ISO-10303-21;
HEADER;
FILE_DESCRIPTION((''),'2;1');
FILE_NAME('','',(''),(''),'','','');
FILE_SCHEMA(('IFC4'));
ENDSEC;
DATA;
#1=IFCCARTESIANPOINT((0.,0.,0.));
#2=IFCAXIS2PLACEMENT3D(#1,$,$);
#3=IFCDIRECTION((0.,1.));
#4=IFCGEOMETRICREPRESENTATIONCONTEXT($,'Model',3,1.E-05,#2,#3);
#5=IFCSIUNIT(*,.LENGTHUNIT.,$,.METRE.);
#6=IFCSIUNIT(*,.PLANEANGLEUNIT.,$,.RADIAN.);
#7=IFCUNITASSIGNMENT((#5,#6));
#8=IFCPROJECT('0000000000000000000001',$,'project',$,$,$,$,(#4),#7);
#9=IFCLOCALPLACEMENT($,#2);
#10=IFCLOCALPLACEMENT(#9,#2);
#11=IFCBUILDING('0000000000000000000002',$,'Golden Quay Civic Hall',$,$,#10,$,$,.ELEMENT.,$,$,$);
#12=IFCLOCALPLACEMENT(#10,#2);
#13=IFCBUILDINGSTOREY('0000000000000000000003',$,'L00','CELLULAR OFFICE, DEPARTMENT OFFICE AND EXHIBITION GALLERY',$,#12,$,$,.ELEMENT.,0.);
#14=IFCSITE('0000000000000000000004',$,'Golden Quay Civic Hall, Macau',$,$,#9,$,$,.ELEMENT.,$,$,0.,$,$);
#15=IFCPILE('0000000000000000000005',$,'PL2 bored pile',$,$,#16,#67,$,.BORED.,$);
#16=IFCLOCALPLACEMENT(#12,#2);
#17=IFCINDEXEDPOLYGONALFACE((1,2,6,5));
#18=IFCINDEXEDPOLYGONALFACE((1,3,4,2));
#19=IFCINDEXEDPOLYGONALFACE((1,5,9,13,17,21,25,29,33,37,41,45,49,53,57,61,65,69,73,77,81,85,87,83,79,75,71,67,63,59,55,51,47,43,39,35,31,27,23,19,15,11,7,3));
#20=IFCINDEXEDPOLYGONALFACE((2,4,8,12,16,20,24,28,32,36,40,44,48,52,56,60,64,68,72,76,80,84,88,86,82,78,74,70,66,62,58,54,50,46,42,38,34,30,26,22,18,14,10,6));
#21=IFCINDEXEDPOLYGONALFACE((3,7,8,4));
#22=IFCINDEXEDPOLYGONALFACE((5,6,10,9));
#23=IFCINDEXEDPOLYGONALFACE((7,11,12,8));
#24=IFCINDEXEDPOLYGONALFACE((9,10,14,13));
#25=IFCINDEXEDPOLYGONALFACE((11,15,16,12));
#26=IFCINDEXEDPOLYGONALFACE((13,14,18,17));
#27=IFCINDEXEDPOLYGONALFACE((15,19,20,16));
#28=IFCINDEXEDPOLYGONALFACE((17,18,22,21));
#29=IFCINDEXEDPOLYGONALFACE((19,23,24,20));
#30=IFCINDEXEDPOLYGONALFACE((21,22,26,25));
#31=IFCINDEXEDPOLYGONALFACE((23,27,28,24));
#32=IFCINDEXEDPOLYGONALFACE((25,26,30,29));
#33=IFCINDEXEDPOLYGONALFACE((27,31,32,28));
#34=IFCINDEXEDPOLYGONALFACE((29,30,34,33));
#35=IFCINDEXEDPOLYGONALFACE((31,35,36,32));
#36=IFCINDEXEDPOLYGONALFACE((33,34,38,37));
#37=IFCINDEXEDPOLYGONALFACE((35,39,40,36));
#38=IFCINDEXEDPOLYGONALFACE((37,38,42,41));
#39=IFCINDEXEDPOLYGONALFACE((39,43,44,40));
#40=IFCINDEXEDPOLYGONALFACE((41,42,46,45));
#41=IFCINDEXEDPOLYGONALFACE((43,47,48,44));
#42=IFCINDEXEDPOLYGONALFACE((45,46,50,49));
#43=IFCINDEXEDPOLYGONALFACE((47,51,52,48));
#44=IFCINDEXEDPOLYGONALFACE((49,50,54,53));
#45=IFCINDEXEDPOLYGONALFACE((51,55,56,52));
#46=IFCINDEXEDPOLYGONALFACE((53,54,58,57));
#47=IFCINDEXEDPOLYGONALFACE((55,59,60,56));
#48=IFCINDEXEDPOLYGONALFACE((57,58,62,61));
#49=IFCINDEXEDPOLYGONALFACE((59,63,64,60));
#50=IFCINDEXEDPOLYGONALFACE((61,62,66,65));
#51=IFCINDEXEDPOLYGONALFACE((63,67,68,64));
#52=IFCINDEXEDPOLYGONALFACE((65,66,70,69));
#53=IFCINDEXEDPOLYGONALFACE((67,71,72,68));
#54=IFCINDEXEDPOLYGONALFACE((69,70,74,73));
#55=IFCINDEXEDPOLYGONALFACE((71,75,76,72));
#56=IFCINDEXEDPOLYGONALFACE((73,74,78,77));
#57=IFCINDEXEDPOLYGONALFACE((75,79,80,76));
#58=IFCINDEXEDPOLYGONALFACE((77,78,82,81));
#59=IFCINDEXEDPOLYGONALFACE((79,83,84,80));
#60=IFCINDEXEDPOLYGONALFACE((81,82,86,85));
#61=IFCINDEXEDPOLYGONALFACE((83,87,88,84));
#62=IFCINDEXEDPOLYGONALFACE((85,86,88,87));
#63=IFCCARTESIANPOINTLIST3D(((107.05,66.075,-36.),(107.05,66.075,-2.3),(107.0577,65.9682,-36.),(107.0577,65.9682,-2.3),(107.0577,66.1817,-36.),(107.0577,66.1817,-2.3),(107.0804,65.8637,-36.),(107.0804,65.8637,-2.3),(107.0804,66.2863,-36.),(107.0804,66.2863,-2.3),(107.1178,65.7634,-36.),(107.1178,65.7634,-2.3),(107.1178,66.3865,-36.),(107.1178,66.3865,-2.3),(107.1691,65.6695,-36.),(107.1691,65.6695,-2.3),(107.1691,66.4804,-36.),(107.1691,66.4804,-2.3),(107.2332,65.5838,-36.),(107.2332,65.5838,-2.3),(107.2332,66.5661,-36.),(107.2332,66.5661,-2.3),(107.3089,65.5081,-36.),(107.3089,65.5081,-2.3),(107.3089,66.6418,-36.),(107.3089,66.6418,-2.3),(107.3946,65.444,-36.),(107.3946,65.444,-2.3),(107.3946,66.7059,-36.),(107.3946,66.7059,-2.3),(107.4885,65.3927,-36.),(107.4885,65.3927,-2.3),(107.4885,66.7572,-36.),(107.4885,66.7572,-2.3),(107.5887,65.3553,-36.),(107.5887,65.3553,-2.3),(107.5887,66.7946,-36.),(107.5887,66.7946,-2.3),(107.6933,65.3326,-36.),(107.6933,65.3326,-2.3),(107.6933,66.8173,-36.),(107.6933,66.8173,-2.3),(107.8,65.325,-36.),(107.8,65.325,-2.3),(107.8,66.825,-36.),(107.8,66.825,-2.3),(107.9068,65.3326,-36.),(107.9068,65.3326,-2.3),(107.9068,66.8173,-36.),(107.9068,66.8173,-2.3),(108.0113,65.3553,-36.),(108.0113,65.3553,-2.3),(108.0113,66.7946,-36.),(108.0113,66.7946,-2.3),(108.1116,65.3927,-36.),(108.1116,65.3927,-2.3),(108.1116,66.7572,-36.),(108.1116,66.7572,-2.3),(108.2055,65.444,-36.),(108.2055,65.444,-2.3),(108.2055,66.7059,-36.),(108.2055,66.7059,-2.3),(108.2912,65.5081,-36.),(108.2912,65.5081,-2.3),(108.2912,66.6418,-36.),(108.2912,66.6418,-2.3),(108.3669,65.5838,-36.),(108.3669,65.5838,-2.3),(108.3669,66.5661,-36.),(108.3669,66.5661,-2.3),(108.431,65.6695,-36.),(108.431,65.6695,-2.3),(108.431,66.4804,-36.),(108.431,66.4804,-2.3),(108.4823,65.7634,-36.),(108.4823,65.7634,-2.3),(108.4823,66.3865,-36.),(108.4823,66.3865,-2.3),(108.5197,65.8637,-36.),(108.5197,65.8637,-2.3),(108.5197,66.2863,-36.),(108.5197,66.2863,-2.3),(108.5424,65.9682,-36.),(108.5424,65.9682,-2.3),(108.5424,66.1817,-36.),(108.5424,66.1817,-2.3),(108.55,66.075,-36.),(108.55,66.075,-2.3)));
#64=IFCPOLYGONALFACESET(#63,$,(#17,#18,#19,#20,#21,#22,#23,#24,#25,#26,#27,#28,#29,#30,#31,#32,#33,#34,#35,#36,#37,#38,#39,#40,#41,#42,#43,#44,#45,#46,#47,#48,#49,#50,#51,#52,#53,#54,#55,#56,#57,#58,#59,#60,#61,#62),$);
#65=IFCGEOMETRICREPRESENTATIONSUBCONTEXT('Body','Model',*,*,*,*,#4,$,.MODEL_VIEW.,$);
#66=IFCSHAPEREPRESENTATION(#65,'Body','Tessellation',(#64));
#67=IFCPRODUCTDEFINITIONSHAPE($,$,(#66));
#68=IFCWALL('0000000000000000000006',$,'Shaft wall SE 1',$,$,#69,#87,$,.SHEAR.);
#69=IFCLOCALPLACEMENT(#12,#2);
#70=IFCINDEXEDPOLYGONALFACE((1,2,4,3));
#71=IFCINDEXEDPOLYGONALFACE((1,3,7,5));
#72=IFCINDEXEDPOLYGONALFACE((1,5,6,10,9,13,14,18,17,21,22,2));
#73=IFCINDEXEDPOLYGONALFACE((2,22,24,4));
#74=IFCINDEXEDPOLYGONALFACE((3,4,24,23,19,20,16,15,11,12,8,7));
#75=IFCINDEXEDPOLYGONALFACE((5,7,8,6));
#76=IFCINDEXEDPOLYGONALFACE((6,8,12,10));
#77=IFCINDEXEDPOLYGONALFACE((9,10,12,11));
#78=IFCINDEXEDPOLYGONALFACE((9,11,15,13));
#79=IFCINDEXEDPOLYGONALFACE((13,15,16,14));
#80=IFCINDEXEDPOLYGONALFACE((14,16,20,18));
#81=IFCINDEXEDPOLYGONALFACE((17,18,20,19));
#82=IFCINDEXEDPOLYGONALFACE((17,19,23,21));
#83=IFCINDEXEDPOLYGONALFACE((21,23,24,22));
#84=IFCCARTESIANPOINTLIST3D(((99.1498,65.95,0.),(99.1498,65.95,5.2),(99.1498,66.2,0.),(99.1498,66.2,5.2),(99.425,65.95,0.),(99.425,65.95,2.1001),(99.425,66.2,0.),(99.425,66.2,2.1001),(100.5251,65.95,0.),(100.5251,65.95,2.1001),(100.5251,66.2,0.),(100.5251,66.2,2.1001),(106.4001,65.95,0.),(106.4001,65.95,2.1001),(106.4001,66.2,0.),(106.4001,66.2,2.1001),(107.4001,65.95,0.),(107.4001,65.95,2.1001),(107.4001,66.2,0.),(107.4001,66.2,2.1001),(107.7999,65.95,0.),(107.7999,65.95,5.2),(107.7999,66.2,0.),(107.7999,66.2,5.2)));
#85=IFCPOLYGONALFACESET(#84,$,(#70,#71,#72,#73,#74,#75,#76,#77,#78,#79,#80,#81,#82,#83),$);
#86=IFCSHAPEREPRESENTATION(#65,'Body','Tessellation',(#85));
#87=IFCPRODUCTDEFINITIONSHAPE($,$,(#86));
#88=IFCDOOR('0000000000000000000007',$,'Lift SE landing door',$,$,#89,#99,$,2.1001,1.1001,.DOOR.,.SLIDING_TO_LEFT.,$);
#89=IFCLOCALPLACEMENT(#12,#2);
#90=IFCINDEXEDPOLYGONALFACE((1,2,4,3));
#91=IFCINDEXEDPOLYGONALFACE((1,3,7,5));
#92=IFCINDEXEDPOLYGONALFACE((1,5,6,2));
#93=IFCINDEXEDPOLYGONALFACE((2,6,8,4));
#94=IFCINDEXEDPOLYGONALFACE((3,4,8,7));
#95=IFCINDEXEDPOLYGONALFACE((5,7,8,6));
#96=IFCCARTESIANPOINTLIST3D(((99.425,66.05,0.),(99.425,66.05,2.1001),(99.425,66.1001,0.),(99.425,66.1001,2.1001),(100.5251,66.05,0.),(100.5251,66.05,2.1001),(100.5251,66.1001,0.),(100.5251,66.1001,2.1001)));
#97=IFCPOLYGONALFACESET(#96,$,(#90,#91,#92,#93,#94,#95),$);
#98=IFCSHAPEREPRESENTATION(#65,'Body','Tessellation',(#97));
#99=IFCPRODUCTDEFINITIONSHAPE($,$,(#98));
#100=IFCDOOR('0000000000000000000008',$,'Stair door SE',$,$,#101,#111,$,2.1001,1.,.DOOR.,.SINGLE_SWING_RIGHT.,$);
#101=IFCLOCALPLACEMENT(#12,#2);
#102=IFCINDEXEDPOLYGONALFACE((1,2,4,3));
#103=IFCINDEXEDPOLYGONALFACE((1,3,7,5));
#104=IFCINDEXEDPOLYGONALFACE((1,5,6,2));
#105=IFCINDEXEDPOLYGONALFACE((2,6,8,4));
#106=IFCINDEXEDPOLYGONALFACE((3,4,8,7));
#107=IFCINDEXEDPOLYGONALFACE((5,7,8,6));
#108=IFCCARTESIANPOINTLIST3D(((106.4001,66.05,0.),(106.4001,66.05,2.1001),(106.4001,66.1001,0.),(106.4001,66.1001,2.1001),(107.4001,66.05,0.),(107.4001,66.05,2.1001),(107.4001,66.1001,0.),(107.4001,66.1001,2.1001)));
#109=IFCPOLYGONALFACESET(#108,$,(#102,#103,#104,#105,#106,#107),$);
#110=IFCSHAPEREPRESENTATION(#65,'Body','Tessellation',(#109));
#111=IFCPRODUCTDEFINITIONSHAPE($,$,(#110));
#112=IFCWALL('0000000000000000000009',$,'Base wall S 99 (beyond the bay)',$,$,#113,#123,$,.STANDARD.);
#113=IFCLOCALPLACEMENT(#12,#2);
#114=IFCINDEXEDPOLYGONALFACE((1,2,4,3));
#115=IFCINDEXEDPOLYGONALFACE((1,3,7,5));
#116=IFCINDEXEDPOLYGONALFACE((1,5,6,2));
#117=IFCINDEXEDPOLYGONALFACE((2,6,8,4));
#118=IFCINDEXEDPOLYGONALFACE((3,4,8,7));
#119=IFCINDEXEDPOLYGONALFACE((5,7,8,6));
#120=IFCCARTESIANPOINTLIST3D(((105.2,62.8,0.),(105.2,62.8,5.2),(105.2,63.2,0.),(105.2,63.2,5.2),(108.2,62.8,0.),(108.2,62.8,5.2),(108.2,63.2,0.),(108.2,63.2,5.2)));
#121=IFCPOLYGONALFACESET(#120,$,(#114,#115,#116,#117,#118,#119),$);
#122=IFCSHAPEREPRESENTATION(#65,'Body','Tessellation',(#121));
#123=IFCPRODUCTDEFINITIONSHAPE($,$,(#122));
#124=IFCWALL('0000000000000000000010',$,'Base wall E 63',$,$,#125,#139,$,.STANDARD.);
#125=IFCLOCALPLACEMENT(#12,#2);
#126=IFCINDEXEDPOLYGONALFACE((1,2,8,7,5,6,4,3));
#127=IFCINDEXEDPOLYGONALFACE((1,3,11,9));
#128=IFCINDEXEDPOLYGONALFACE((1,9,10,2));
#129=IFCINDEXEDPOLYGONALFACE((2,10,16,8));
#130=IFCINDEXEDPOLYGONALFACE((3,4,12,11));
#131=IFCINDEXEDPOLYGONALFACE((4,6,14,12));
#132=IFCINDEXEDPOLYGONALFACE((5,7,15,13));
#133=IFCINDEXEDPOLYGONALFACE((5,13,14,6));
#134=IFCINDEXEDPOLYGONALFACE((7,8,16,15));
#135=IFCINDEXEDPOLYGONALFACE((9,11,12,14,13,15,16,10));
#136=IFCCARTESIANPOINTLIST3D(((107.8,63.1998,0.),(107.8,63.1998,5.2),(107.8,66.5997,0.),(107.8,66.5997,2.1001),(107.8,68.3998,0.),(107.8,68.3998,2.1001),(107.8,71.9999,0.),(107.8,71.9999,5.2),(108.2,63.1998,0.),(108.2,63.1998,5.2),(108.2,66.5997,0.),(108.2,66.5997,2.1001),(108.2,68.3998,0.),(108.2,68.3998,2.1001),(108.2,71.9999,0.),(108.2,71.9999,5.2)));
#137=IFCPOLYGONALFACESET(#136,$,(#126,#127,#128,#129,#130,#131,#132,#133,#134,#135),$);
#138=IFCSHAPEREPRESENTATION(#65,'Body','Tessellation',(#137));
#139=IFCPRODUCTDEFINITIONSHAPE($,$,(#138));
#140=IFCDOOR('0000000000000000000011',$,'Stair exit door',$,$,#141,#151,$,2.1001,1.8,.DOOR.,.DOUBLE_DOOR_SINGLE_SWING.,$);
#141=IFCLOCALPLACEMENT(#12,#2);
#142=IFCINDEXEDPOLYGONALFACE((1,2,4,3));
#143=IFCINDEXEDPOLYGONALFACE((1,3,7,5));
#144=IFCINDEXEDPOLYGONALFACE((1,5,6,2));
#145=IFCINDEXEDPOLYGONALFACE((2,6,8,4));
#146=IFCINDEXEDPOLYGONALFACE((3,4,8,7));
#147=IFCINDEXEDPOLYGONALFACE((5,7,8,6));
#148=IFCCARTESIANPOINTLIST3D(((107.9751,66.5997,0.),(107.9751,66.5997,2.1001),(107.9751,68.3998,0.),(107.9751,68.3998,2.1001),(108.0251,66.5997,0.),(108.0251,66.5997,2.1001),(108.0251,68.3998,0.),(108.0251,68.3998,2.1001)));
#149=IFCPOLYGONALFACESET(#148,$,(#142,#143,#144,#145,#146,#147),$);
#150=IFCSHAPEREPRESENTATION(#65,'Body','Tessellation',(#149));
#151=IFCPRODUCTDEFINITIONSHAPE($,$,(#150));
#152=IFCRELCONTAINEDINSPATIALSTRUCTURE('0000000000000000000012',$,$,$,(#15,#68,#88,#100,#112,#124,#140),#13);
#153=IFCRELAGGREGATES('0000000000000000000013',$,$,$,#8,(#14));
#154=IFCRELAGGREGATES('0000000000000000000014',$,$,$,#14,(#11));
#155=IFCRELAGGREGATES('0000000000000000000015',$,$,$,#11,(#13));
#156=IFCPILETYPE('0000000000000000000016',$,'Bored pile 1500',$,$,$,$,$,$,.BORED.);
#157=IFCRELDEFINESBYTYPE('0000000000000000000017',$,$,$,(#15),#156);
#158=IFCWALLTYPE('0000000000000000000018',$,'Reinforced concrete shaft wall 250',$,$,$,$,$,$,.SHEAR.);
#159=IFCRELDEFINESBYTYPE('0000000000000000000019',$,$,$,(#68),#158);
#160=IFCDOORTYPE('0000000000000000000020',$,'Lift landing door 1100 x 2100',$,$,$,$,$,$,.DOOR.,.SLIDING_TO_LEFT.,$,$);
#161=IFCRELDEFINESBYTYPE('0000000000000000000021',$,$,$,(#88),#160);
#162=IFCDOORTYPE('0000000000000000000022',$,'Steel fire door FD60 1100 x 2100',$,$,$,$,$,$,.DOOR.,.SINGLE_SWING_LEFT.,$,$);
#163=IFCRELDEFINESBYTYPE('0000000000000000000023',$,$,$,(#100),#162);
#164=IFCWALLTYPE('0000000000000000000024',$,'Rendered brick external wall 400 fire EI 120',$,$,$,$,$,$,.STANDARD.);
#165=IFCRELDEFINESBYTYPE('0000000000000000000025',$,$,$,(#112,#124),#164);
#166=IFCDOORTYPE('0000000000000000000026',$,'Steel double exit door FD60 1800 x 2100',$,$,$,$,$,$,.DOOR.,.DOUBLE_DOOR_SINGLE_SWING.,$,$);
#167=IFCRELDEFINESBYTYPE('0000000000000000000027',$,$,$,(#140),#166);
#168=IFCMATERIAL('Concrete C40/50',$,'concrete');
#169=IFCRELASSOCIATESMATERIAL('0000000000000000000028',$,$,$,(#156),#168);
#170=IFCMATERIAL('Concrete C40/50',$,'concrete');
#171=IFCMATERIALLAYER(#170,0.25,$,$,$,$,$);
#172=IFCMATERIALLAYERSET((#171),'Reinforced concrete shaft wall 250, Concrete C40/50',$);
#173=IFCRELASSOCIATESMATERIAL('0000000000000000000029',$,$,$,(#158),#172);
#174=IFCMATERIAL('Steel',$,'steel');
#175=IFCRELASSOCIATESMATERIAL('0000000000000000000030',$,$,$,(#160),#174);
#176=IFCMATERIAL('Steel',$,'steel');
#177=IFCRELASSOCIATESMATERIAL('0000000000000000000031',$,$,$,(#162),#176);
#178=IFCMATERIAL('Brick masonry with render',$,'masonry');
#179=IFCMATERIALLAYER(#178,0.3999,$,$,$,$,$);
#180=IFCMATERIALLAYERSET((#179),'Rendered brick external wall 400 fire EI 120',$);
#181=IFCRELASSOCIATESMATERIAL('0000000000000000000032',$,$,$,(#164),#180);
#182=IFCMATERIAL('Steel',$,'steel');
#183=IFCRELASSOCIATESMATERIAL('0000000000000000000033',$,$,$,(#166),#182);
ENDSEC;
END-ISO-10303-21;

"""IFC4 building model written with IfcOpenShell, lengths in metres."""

from ifc_helpers import new_model, si_unit, direction, frame, frame_2d, origin, origin_2d, place, context, subcontext, project, spatial, rectangle, circle, extrude, material, layer, layer_set, material_profile, profile_set, type_object, element, fill, save


model = new_model("IFC4")

# Units and contexts
model_context = context("Model", 3, precision=1e-05, world=origin(), true_north=direction((0.0, 1.0)))
body_context = subcontext(model_context, "Body", "Model", "MODEL_VIEW")
ifc_project = project(units=[si_unit("LENGTHUNIT", "METRE"), si_unit("PLANEANGLEUNIT", "RADIAN")], contexts=[model_context])

# Site, building, storey
site_placement = place(None, origin())
site = spatial("IfcSite", under=ifc_project, at=site_placement, Name="Golden Quay Civic Hall, Macau", CompositionType="ELEMENT", RefElevation=0.0)
building_placement = place(site_placement, origin())
building = spatial("IfcBuilding", under=site, at=building_placement, Name="Golden Quay Civic Hall", CompositionType="ELEMENT")
storey_placement = place(building_placement, origin())
storey = spatial("IfcBuildingStorey", under=building, at=storey_placement, Name="L00", Description="CELLULAR OFFICE, DEPARTMENT OFFICE AND EXHIBITION GALLERY", CompositionType="ELEMENT", Elevation=0.0)

# Pile
ifc_material_1 = material(Name="Concrete C40/50", Category="concrete")
ifc_material_profile = material_profile(ifc_material_1, circle(Radius=0.75, at=origin_2d()), Name="RC D1500")
ifc_profile_set = profile_set([ifc_material_profile], Name="Concrete C40/50")
pile_type = type_object("IfcPileType", Name="Bored pile 1500", PredefinedType="BORED", material=ifc_profile_set)
pile_placement = place(storey_placement, frame((107.8, 66.075, -2.3), z_axis=(0.0, 0.0, -1.0), x_axis=(1.0, 0.0, 0.0)))
element("IfcPile", 1, at=pile_placement, inside=storey, type_object=pile_type, Name="PL2 bored pile", PredefinedType="BORED", context=body_context, shape_type="SweptSolid", body=[
    extrude(circle(Radius=0.75, at=origin_2d()), origin(), (0.0, 0.0, 1.0), 33.7),
])

# Wall, openings, doors
ifc_material_2 = material(Name="Concrete C40/50", Category="concrete")
ifc_layer_1 = layer(ifc_material_2, 0.25)
ifc_layer_set_1 = layer_set([ifc_layer_1], Name="Reinforced concrete shaft wall 250, Concrete C40/50")
wall_type_1 = type_object("IfcWallType", Name="Reinforced concrete shaft wall 250", PredefinedType="SHEAR", material=ifc_layer_set_1)
wall_1_placement = place(storey_placement, frame((107.8, 66.075, 0.0), z_axis=(0.0, 0.0, 1.0), x_axis=(-1.0, 0.0, 0.0)))
wall_1 = element("IfcWall", 2, at=wall_1_placement, inside=storey, type_object=wall_type_1, Name="Shaft wall SE 1", PredefinedType="SHEAR", context=body_context, shape_type="SweptSolid", body=[
    extrude(rectangle(XDim=8.6501, YDim=0.25, at=frame_2d((4.3252, 0.0))), origin(), (0.0, 0.0, 1.0), 5.2),
])
opening_1_placement = place(wall_1_placement, frame((0.3999, 0.0, 0.0)))
opening_1 = element("IfcOpeningElement", 3, at=opening_1_placement, cuts=wall_1, PredefinedType="OPENING", context=body_context, shape_type="SweptSolid", body=[
    extrude(rectangle(XDim=1.0, YDim=2.1001, at=frame_2d((0.5, 1.05))), frame((0.0, 0.135, 0.0), z_axis=(0.0, -1.0, 0.0), x_axis=(1.0, 0.0, 0.0)), (0.0, 0.0, 1.0), 0.27),
])
opening_2_placement = place(wall_1_placement, frame((7.2749, 0.0, 0.0)))
opening_2 = element("IfcOpeningElement", 4, at=opening_2_placement, cuts=wall_1, PredefinedType="OPENING", context=body_context, shape_type="SweptSolid", body=[
    extrude(rectangle(XDim=1.1001, YDim=2.1001, at=frame_2d((0.55, 1.05))), frame((0.0, 0.135, 0.0), z_axis=(0.0, -1.0, 0.0), x_axis=(1.0, 0.0, 0.0)), (0.0, 0.0, 1.0), 0.27),
])
ifc_material_3 = material(Name="Steel", Category="steel")
door_type_1 = type_object("IfcDoorType", Name="Lift landing door 1100 x 2100", OperationType="SLIDING_TO_LEFT", PredefinedType="DOOR", material=ifc_material_3)
door_1_placement = place(opening_2_placement, origin())
door_1 = element("IfcDoor", 5, at=door_1_placement, inside=storey, type_object=door_type_1, Name="Lift SE landing door", OperationType="SLIDING_TO_LEFT", OverallHeight=2.1001, OverallWidth=1.1001, PredefinedType="DOOR", context=body_context, shape_type="SweptSolid", body=[
    extrude(rectangle(XDim=1.1001, YDim=2.1001, at=frame_2d((0.55, 1.05))), frame((0.0, 0.0249, 0.0), z_axis=(0.0, -1.0, 0.0), x_axis=(1.0, 0.0, 0.0)), (0.0, 0.0, 1.0), 0.05),
])
fill(opening_2, door_1)
ifc_material_4 = material(Name="Steel", Category="steel")
door_type_2 = type_object("IfcDoorType", Name="Steel fire door FD60 1100 x 2100", OperationType="SINGLE_SWING_LEFT", PredefinedType="DOOR", material=ifc_material_4)
door_2_placement = place(opening_1_placement, frame((1.0, 0.0, 0.0), z_axis=(0.0, 0.0, 1.0), x_axis=(-1.0, 0.0, 0.0)))
door_2 = element("IfcDoor", 6, at=door_2_placement, inside=storey, type_object=door_type_2, Name="Stair door SE", OperationType="SINGLE_SWING_RIGHT", OverallHeight=2.1001, OverallWidth=1.0, PredefinedType="DOOR", context=body_context, shape_type="SweptSolid", body=[
    extrude(rectangle(XDim=1.0, YDim=2.1001, at=frame_2d((0.5, 1.05))), frame((0.0, 0.0251, 0.0), z_axis=(0.0, -1.0, 0.0), x_axis=(1.0, 0.0, 0.0)), (0.0, 0.0, 1.0), 0.05),
])
fill(opening_1, door_2)

# Wall
ifc_material_5 = material(Name="Brick masonry with render", Category="masonry")
ifc_layer_2 = layer(ifc_material_5, 0.3999)
ifc_layer_set_2 = layer_set([ifc_layer_2], Name="Rendered brick external wall 400 fire EI 120")
wall_type_2 = type_object("IfcWallType", Name="Rendered brick external wall 400 fire EI 120", PredefinedType="STANDARD", material=ifc_layer_set_2)
wall_2_placement = place(storey_placement, frame((105.2, 63.0, 0.0), z_axis=(0.0, 0.0, 1.0), x_axis=(1.0, 0.0, 0.0)))
element("IfcWall", 7, at=wall_2_placement, inside=storey, type_object=wall_type_2, Name="Base wall S 99 (beyond the bay)", PredefinedType="STANDARD", context=body_context, shape_type="SweptSolid", body=[
    extrude(rectangle(XDim=3.0, YDim=0.3999, at=frame_2d((1.5, 0.0))), origin(), (0.0, 0.0, 1.0), 5.2),
])

# Wall, opening, door
wall_3_placement = place(storey_placement, frame((108.0, 63.2, 0.0), z_axis=(0.0, 0.0, 1.0), x_axis=(0.0, 1.0, 0.0)))
wall_3 = element("IfcWall", 8, at=wall_3_placement, inside=storey, type_object=wall_type_2, Name="Base wall E 63", PredefinedType="STANDARD", context=body_context, shape_type="SweptSolid", body=[
    extrude(rectangle(XDim=8.8, YDim=0.3999, at=frame_2d((4.3999, 0.0))), origin(), (0.0, 0.0, 1.0), 5.2),
])
opening_3_placement = place(wall_3_placement, frame((3.3999, 0.0, 0.0)))
opening_3 = element("IfcOpeningElement", 9, at=opening_3_placement, cuts=wall_3, PredefinedType="OPENING", context=body_context, shape_type="SweptSolid", body=[
    extrude(rectangle(XDim=1.8, YDim=2.1001, at=frame_2d((0.8999, 1.05))), frame((0.0, 0.21, 0.0), z_axis=(0.0, -1.0, 0.0), x_axis=(1.0, 0.0, 0.0)), (0.0, 0.0, 1.0), 0.4199),
])
ifc_material_6 = material(Name="Steel", Category="steel")
door_type_3 = type_object("IfcDoorType", Name="Steel double exit door FD60 1800 x 2100", OperationType="DOUBLE_DOOR_SINGLE_SWING", PredefinedType="DOOR", material=ifc_material_6)
door_3_placement = place(opening_3_placement, frame((1.8, 0.0, 0.0), z_axis=(0.0, 0.0, 1.0), x_axis=(-1.0, 0.0, 0.0)))
door_3 = element("IfcDoor", 10, at=door_3_placement, inside=storey, type_object=door_type_3, Name="Stair exit door", OperationType="DOUBLE_DOOR_SINGLE_SWING", OverallHeight=2.1001, OverallWidth=1.8, PredefinedType="DOOR", context=body_context, shape_type="SweptSolid", body=[
    extrude(rectangle(XDim=1.8, YDim=2.1001, at=frame_2d((0.9001, 1.05))), frame((0.0, 0.0251, 0.0), z_axis=(0.0, -1.0, 0.0), x_axis=(1.0, 0.0, 0.0)), (0.0, 0.0, 1.0), 0.05),
])
fill(opening_3, door_3)

save(model, "model.ifc")
